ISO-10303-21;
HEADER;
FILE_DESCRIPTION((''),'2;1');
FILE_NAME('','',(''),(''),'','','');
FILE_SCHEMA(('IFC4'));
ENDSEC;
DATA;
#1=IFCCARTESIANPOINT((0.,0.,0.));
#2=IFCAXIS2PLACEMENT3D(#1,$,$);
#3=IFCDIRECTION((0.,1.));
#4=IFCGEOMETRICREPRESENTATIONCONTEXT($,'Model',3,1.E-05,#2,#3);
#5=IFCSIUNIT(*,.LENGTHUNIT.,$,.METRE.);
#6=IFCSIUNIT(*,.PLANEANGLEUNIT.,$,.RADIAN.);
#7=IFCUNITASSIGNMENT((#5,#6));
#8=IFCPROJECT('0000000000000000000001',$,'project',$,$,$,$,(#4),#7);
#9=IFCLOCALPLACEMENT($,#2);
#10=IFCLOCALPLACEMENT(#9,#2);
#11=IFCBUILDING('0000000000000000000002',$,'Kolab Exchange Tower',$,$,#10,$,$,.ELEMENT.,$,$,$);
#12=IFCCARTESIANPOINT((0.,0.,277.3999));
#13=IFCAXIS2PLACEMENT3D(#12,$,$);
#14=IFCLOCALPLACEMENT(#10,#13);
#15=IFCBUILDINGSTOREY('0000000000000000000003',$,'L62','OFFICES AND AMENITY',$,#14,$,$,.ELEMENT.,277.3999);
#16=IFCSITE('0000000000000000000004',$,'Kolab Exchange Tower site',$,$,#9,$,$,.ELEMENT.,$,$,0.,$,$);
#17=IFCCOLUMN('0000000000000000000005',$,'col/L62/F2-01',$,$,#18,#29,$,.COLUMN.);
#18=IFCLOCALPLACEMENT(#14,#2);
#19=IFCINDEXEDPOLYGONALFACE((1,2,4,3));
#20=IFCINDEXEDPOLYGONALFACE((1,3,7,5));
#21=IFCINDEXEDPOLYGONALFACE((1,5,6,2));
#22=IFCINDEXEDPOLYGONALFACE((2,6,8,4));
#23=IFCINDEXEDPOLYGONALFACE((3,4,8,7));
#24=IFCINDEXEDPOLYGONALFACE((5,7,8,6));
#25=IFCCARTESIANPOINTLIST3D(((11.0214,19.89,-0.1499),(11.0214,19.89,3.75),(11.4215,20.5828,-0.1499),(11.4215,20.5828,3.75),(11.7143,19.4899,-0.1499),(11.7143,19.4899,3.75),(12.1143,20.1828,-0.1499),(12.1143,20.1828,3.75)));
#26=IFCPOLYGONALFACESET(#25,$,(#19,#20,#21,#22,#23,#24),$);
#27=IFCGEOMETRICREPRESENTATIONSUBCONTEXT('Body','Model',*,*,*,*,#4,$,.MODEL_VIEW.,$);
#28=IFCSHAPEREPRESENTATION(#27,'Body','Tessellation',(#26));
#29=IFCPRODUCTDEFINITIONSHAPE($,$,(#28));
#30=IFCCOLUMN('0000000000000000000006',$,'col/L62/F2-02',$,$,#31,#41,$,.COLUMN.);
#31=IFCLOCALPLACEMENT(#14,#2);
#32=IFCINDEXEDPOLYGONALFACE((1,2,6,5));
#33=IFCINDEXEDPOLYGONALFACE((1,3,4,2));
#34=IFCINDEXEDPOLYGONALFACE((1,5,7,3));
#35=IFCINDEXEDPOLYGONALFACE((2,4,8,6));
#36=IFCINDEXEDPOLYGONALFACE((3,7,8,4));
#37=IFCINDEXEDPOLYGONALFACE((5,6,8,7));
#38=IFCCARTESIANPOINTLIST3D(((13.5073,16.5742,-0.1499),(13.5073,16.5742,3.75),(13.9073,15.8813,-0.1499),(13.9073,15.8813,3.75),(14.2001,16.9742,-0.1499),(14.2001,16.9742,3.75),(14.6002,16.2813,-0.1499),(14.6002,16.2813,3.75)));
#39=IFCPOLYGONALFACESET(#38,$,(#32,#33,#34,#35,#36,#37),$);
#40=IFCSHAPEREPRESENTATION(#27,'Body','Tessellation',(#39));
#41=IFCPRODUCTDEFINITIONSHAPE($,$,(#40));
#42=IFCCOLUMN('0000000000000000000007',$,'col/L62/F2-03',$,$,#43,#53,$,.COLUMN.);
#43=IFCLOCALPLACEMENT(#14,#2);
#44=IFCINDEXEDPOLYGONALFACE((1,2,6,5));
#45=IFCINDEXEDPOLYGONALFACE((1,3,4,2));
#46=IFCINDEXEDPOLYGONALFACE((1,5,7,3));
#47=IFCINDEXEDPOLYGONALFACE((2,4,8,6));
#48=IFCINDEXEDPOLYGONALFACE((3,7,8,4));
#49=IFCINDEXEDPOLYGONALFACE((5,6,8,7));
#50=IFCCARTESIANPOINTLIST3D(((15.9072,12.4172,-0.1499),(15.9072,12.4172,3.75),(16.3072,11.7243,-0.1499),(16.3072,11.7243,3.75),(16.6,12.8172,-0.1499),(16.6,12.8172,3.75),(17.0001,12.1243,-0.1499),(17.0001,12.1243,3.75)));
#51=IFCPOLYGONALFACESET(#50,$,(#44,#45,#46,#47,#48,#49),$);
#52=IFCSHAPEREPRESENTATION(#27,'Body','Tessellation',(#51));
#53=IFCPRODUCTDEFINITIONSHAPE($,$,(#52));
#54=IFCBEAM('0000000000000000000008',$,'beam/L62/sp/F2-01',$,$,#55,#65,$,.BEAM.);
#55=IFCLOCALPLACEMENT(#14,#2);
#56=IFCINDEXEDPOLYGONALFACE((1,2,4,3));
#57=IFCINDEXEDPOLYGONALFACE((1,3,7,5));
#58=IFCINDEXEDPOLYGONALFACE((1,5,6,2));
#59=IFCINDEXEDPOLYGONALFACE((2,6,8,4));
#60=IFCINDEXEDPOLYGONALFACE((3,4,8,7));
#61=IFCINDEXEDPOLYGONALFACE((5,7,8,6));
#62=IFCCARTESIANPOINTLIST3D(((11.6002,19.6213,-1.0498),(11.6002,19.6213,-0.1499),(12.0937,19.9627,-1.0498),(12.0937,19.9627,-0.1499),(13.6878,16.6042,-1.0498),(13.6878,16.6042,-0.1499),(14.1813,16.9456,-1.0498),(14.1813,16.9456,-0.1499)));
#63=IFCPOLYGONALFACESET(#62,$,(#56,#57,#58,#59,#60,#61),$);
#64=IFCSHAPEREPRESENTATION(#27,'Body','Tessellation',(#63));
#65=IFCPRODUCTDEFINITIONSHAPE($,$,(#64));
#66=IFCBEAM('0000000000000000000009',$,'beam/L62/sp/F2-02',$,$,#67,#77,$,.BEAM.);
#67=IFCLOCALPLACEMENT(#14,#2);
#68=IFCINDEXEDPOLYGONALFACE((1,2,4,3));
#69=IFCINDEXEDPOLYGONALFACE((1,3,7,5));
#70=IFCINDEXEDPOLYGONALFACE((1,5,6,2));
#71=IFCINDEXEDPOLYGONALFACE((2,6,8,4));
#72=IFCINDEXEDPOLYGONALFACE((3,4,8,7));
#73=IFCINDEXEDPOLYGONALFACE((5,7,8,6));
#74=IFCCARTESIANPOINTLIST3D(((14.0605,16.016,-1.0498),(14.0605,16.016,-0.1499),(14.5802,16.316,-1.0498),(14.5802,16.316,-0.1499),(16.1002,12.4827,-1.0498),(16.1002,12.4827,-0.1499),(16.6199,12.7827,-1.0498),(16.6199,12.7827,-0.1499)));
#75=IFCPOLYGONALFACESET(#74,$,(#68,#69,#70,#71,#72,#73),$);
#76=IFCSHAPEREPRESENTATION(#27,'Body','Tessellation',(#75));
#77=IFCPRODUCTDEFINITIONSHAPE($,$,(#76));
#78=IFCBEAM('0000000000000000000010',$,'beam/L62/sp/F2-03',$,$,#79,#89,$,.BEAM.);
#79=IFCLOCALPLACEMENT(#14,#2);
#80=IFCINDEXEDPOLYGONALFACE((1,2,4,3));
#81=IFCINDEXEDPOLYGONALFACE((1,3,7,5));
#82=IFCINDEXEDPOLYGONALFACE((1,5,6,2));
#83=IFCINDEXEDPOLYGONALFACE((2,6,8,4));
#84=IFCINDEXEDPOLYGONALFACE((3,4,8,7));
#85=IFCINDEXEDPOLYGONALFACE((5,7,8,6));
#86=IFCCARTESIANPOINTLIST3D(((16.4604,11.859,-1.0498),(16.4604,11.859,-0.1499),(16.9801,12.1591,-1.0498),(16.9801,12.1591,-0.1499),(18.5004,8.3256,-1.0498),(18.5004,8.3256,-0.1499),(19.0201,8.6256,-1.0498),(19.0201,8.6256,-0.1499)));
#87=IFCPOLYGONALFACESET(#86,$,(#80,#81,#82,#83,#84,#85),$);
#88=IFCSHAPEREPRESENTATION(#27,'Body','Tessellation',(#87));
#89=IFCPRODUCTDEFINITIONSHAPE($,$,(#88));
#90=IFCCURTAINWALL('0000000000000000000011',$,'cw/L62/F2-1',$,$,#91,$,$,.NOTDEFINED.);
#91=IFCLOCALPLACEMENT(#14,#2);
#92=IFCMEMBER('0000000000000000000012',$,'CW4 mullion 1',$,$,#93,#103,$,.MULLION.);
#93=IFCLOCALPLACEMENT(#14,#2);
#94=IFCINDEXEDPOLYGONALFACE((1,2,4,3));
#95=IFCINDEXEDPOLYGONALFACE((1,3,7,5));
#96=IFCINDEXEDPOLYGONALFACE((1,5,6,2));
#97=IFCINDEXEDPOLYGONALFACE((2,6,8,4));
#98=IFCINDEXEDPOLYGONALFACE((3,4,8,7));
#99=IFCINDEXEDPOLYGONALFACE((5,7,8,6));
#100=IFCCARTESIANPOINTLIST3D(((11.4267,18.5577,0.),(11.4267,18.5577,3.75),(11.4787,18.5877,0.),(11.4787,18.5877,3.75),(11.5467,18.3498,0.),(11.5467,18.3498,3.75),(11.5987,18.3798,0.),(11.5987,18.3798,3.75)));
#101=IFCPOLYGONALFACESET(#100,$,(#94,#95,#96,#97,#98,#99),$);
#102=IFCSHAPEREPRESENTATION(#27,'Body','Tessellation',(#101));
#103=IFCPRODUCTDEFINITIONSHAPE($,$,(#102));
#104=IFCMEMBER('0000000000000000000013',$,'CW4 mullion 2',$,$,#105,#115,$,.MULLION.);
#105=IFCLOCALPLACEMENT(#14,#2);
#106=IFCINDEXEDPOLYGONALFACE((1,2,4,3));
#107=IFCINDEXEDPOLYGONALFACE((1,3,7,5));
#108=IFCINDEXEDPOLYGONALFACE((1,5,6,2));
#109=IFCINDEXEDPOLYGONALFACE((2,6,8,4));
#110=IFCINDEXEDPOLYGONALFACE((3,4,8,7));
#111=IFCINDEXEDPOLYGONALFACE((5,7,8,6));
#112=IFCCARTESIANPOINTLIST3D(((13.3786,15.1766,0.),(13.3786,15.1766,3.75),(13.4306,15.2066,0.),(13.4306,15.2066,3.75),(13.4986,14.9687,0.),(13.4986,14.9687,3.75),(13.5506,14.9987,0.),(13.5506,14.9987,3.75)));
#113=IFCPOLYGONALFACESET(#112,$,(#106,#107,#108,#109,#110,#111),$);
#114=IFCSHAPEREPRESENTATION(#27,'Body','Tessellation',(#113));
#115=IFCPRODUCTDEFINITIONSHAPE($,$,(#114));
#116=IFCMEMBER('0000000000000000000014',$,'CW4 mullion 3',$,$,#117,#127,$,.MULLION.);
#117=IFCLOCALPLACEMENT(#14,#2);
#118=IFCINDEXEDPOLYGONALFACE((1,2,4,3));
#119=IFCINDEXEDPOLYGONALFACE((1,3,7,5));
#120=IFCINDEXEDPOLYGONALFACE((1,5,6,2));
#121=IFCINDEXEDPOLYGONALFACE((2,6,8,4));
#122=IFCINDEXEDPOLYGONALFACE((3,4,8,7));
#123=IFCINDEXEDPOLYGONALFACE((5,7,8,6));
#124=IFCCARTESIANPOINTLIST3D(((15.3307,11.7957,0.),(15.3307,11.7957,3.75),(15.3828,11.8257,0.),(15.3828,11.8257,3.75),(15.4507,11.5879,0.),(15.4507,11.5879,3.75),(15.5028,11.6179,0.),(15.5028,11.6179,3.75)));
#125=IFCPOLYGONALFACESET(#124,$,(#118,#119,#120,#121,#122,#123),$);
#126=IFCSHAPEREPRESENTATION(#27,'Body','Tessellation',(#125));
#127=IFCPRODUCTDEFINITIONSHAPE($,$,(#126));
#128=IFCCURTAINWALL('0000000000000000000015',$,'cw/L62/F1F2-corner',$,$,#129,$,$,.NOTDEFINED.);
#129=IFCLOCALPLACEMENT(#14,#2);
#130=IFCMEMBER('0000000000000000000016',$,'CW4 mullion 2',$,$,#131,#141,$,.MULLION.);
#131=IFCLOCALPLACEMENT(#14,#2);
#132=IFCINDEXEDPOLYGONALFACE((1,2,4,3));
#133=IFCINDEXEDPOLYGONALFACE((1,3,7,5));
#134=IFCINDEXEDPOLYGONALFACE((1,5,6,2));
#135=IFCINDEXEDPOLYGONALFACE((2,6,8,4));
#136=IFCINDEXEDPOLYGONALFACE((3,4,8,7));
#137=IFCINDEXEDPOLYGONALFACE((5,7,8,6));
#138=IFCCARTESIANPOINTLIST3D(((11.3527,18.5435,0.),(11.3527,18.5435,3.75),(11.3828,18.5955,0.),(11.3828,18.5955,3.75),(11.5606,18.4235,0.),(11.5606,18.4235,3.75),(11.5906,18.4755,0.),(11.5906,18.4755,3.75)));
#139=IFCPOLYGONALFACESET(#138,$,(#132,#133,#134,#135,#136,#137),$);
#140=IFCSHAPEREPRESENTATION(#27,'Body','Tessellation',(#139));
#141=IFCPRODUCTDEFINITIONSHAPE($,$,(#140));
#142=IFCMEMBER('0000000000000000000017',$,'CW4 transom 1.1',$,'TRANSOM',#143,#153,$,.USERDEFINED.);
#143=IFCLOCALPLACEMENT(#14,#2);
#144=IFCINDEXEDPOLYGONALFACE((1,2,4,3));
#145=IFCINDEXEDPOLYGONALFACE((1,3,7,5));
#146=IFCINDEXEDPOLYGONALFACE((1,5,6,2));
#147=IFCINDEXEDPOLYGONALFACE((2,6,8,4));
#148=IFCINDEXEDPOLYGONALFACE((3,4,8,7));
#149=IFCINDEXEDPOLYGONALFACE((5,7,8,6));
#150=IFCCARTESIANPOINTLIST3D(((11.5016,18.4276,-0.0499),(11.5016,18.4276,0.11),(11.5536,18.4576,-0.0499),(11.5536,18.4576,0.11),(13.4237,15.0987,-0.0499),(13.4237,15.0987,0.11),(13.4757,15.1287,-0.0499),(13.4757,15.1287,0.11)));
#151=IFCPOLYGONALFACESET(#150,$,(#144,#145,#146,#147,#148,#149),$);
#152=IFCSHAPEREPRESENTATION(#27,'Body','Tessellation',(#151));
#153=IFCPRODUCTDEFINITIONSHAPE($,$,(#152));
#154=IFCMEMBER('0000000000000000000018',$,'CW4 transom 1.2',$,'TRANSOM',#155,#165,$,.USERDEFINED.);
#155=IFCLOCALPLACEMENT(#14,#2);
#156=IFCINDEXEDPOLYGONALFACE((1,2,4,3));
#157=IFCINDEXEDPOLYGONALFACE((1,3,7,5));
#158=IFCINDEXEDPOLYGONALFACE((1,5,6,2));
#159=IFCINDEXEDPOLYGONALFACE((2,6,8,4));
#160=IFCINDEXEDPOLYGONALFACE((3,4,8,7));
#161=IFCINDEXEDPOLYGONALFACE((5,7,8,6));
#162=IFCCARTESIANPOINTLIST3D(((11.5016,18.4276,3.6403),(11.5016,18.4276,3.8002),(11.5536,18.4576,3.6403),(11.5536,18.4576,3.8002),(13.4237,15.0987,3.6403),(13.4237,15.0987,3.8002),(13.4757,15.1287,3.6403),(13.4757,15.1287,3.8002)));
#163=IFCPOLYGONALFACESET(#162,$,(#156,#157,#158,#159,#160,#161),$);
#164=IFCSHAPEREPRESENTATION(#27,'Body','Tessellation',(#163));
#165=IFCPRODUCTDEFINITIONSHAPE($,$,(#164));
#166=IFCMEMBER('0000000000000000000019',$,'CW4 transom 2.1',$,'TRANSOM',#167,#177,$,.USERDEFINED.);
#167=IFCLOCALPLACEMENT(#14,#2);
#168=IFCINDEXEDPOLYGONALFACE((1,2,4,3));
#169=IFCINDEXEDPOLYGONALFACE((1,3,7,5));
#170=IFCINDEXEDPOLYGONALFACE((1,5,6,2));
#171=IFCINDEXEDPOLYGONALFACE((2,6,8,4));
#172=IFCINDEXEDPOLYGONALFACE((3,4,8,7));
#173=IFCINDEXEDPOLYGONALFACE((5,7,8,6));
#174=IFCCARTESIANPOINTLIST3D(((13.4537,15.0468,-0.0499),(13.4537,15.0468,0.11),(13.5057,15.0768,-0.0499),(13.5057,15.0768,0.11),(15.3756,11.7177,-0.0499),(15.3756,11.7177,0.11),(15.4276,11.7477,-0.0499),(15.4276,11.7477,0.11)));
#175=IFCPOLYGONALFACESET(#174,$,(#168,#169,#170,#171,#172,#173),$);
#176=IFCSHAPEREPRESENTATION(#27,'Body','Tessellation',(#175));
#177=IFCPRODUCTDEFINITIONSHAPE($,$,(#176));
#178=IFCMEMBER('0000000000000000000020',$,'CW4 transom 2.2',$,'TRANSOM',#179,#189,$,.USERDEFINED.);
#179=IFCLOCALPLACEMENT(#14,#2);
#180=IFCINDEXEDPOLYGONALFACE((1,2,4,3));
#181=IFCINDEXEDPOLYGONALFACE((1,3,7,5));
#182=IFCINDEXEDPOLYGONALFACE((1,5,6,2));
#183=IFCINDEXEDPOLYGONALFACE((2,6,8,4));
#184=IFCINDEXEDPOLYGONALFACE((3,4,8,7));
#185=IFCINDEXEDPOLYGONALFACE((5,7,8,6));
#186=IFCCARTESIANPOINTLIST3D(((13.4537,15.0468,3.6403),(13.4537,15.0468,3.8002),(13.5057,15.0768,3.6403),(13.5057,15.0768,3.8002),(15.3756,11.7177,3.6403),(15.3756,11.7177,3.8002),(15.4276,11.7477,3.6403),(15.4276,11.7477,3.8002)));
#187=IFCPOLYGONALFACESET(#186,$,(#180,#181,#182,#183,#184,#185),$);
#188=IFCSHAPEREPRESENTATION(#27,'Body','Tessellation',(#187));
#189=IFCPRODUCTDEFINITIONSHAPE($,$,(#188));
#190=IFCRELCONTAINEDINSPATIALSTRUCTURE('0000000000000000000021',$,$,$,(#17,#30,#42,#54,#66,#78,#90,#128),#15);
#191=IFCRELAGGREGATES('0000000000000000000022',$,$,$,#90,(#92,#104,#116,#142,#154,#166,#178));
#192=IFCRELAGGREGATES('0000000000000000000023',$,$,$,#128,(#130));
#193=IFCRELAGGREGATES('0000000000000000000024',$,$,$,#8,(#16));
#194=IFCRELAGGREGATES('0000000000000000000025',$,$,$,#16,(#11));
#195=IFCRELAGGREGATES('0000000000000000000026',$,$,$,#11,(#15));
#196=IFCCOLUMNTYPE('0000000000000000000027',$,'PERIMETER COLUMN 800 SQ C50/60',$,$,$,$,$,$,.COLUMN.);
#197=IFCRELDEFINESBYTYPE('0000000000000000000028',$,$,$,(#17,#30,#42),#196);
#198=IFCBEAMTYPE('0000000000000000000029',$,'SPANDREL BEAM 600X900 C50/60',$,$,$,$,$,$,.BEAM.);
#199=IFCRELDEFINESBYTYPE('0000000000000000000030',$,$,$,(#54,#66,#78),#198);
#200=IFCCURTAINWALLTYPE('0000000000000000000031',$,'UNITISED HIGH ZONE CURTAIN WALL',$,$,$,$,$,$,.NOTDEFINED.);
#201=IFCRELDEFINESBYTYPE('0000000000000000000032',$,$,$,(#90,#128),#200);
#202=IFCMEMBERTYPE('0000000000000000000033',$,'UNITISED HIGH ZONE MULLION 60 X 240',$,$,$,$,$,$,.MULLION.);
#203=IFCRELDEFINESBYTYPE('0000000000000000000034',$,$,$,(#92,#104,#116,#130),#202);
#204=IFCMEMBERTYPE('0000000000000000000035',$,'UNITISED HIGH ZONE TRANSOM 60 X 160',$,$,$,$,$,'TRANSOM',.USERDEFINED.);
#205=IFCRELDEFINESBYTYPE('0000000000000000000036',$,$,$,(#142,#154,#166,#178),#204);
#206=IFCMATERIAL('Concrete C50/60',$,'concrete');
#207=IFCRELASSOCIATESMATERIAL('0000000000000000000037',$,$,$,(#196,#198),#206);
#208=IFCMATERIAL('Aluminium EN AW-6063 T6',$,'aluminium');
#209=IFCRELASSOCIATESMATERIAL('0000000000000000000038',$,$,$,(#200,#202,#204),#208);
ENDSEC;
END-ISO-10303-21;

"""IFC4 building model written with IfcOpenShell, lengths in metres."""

from ifc_helpers import new_model, si_unit, direction, frame, origin, origin_2d, place, context, subcontext, project, spatial, rectangle, extrude, material, material_profile, profile_set, type_object, element, aggregate, save


model = new_model("IFC4")

# Units and contexts
model_context = context("Model", 3, precision=1e-05, world=origin(), true_north=direction((0.0, 1.0)))
body_context = subcontext(model_context, "Body", "Model", "MODEL_VIEW")
ifc_project = project(units=[si_unit("LENGTHUNIT", "METRE"), si_unit("PLANEANGLEUNIT", "RADIAN")], contexts=[model_context])

# Site, building, storey
site_placement = place(None, origin())
site = spatial("IfcSite", under=ifc_project, at=site_placement, Name="Kolab Exchange Tower site", CompositionType="ELEMENT", RefElevation=0.0)
building_placement = place(site_placement, origin())
building = spatial("IfcBuilding", under=site, at=building_placement, Name="Kolab Exchange Tower", CompositionType="ELEMENT")
storey_placement = place(building_placement, frame((0.0, 0.0, 277.3999)))
storey = spatial("IfcBuildingStorey", under=building, at=storey_placement, Name="L62", Description="OFFICES AND AMENITY", CompositionType="ELEMENT", Elevation=277.3999)

# Columns
ifc_material_1 = material(Name="Concrete C50/60", Category="concrete")
ifc_material_profile_1 = material_profile(ifc_material_1, rectangle(XDim=0.8, YDim=0.8, at=origin_2d()), Name="RC800")
ifc_profile_set_1 = profile_set([ifc_material_profile_1], Name="Concrete C50/60")
column_type = type_object("IfcColumnType", Name="PERIMETER COLUMN 800 SQ C50/60", PredefinedType="COLUMN", material=ifc_profile_set_1)
for number, where, z_axis, x_axis, name in (
    (1, (11.5679, 20.0364, -0.1499), (0.0, 0.0, 1.0), (0.5, 0.866025, 0.0), "col/L62/F2-01"),
    (2, (14.0537, 16.4277, -0.1499), (0.0, 0.0, 1.0), (0.866025, 0.5, 0.0), "col/L62/F2-02"),
    (3, (16.4536, 12.2708, -0.1499), (0.0, 0.0, 1.0), (0.866025, 0.5, 0.0), "col/L62/F2-03"),
):
    element("IfcColumn", number, at=place(storey_placement, frame(where, z_axis=z_axis, x_axis=x_axis)), inside=storey, type_object=column_type, Name=name, PredefinedType="COLUMN", context=body_context, shape_type="SweptSolid", body=[
        extrude(rectangle(XDim=0.8, YDim=0.8, at=origin_2d()), origin(), (0.0, 0.0, 1.0), 3.8999),
    ])

# Beams
ifc_material_profile_2 = material_profile(ifc_material_1, rectangle(XDim=0.6001, YDim=0.8999, at=origin_2d()), Name="RC600X900")
ifc_profile_set_2 = profile_set([ifc_material_profile_2], Name="Concrete C50/60")
beam_type = type_object("IfcBeamType", Name="SPANDREL BEAM 600X900 C50/60", PredefinedType="BEAM", material=ifc_profile_set_2)
beam_1_placement = place(storey_placement, frame((11.8469, 19.792, -0.5999), z_axis=(0.569006, -0.822334, 0.0), x_axis=(0.822334, 0.569006, 0.0)))
element("IfcBeam", 4, at=beam_1_placement, inside=storey, type_object=beam_type, Name="beam/L62/sp/F2-01", PredefinedType="BEAM", context=body_context, shape_type="SweptSolid", body=[
    extrude(rectangle(XDim=0.6001, YDim=0.8999, at=origin_2d()), origin(), (0.0, 0.0, 1.0), 3.6689),
])
beam_2_placement = place(storey_placement, frame((14.3203, 16.166, -0.5999), z_axis=(0.499956, -0.866051, 0.0), x_axis=(0.866051, 0.499956, 0.0)))
element("IfcBeam", 5, at=beam_2_placement, inside=storey, type_object=beam_type, Name="beam/L62/sp/F2-02", PredefinedType="BEAM", context=body_context, shape_type="SweptSolid", body=[
    extrude(rectangle(XDim=0.6001, YDim=0.8999, at=origin_2d()), origin(), (0.0, 0.0, 1.0), 4.0798),
])
beam_3_placement = place(storey_placement, frame((16.7202, 12.009, -0.5999), z_axis=(0.5, -0.866025, 0.0), x_axis=(0.866025, 0.5, 0.0)))
element("IfcBeam", 6, at=beam_3_placement, inside=storey, type_object=beam_type, Name="beam/L62/sp/F2-03", PredefinedType="BEAM", context=body_context, shape_type="SweptSolid", body=[
    extrude(rectangle(XDim=0.6001, YDim=0.8999, at=origin_2d()), origin(), (0.0, 0.0, 1.0), 4.0801),
])

# Curtain wall, members
ifc_material_2 = material(Name="Aluminium EN AW-6063 T6", Category="aluminium")
curtain_wall_type = type_object("IfcCurtainWallType", Name="UNITISED HIGH ZONE CURTAIN WALL", PredefinedType="NOTDEFINED", material=ifc_material_2)
curtain_wall_1_placement = place(storey_placement, origin())
curtain_wall_1 = element("IfcCurtainWall", 7, at=curtain_wall_1_placement, inside=storey, type_object=curtain_wall_type, Name="cw/L62/F2-1", PredefinedType="NOTDEFINED")
ifc_material_profile_3 = material_profile(ifc_material_2, rectangle(XDim=0.0601, YDim=0.24, at=origin_2d()), Name="RECT 60X240")
ifc_profile_set_3 = profile_set([ifc_material_profile_3], Name="Aluminium EN AW-6063 T6")
member_type_1 = type_object("IfcMemberType", Name="UNITISED HIGH ZONE MULLION 60 X 240", PredefinedType="MULLION", material=ifc_profile_set_3)
member_1_placement = place(storey_placement, frame((11.5127, 18.4688, 0.0), z_axis=(0.0, 0.0, 1.0), x_axis=(0.866025, 0.5, 0.0)))
member_1 = element("IfcMember", 8, at=member_1_placement, type_object=member_type_1, Name="CW4 mullion 1", PredefinedType="MULLION", context=body_context, shape_type="SweptSolid", body=[
    extrude(rectangle(XDim=0.0601, YDim=0.24, at=origin_2d()), origin(), (0.0, 0.0, 1.0), 3.75),
])
member_2_placement = place(storey_placement, frame((13.4646, 15.0876, 0.0), z_axis=(0.0, 0.0, 1.0), x_axis=(0.866025, 0.5, 0.0)))
member_2 = element("IfcMember", 9, at=member_2_placement, type_object=member_type_1, Name="CW4 mullion 2", PredefinedType="MULLION", context=body_context, shape_type="SweptSolid", body=[
    extrude(rectangle(XDim=0.0601, YDim=0.24, at=origin_2d()), origin(), (0.0, 0.0, 1.0), 3.75),
])
member_3_placement = place(storey_placement, frame((15.4167, 11.7068, 0.0), z_axis=(0.0, 0.0, 1.0), x_axis=(0.866025, 0.5, 0.0)))
member_3 = element("IfcMember", 10, at=member_3_placement, type_object=member_type_1, Name="CW4 mullion 3", PredefinedType="MULLION", context=body_context, shape_type="SweptSolid", body=[
    extrude(rectangle(XDim=0.0601, YDim=0.24, at=origin_2d()), origin(), (0.0, 0.0, 1.0), 3.75),
])

# Curtain wall, member
curtain_wall_2_placement = place(storey_placement, origin())
curtain_wall_2 = element("IfcCurtainWall", 11, at=curtain_wall_2_placement, inside=storey, type_object=curtain_wall_type, Name="cw/L62/F1F2-corner", PredefinedType="NOTDEFINED")
member_4_placement = place(storey_placement, frame((11.4717, 18.5095, 0.0), z_axis=(0.0, 0.0, 1.0), x_axis=(0.5, 0.866025, 0.0)))
member_4 = element("IfcMember", 12, at=member_4_placement, type_object=member_type_1, Name="CW4 mullion 2", PredefinedType="MULLION", context=body_context, shape_type="SweptSolid", body=[
    extrude(rectangle(XDim=0.0601, YDim=0.24, at=origin_2d()), origin(), (0.0, 0.0, 1.0), 3.75),
])

# Members
ifc_material_profile_4 = material_profile(ifc_material_2, rectangle(XDim=0.0601, YDim=0.1599, at=origin_2d()), Name="RECT 60X160")
ifc_profile_set_4 = profile_set([ifc_material_profile_4], Name="Aluminium EN AW-6063 T6")
member_type_2 = type_object("IfcMemberType", Name="UNITISED HIGH ZONE TRANSOM 60 X 160", ElementType="TRANSOM", PredefinedType="USERDEFINED", material=ifc_profile_set_4)
member_5_placement = place(storey_placement, frame((11.5276, 18.4426, 0.03), z_axis=(0.500039, -0.866003, 0.0), x_axis=(0.866003, 0.500039, 0.0)))
member_5 = element("IfcMember", 13, at=member_5_placement, type_object=member_type_2, Name="CW4 transom 1.1", ObjectType="TRANSOM", PredefinedType="USERDEFINED", context=body_context, shape_type="SweptSolid", body=[
    extrude(rectangle(XDim=0.0601, YDim=0.1599, at=origin_2d()), origin(), (0.0, 0.0, 1.0), 3.844),
])
member_6_placement = place(storey_placement, frame((11.5276, 18.4426, 3.7202), z_axis=(0.500039, -0.866003, 0.0), x_axis=(0.866003, 0.500039, 0.0)))
member_6 = element("IfcMember", 14, at=member_6_placement, type_object=member_type_2, Name="CW4 transom 1.2", ObjectType="TRANSOM", PredefinedType="USERDEFINED", context=body_context, shape_type="SweptSolid", body=[
    extrude(rectangle(XDim=0.0601, YDim=0.1599, at=origin_2d()), origin(), (0.0, 0.0, 1.0), 3.844),
])
member_7_placement = place(storey_placement, frame((13.4797, 15.0618, 0.03), z_axis=(0.499964, -0.866046, 0.0), x_axis=(0.866046, 0.499964, 0.0)))
member_7 = element("IfcMember", 15, at=member_7_placement, type_object=member_type_2, Name="CW4 transom 2.1", ObjectType="TRANSOM", PredefinedType="USERDEFINED", context=body_context, shape_type="SweptSolid", body=[
    extrude(rectangle(XDim=0.0601, YDim=0.1599, at=origin_2d()), origin(), (0.0, 0.0, 1.0), 3.844),
])
member_8_placement = place(storey_placement, frame((13.4797, 15.0618, 3.7202), z_axis=(0.499964, -0.866046, 0.0), x_axis=(0.866046, 0.499964, 0.0)))
member_8 = element("IfcMember", 16, at=member_8_placement, type_object=member_type_2, Name="CW4 transom 2.2", ObjectType="TRANSOM", PredefinedType="USERDEFINED", context=body_context, shape_type="SweptSolid", body=[
    extrude(rectangle(XDim=0.0601, YDim=0.1599, at=origin_2d()), origin(), (0.0, 0.0, 1.0), 3.844),
])

aggregate(curtain_wall_1, [member_1, member_2, member_3, member_5, member_6, member_7, member_8])
aggregate(curtain_wall_2, [member_4])

save(model, "model.ifc")
